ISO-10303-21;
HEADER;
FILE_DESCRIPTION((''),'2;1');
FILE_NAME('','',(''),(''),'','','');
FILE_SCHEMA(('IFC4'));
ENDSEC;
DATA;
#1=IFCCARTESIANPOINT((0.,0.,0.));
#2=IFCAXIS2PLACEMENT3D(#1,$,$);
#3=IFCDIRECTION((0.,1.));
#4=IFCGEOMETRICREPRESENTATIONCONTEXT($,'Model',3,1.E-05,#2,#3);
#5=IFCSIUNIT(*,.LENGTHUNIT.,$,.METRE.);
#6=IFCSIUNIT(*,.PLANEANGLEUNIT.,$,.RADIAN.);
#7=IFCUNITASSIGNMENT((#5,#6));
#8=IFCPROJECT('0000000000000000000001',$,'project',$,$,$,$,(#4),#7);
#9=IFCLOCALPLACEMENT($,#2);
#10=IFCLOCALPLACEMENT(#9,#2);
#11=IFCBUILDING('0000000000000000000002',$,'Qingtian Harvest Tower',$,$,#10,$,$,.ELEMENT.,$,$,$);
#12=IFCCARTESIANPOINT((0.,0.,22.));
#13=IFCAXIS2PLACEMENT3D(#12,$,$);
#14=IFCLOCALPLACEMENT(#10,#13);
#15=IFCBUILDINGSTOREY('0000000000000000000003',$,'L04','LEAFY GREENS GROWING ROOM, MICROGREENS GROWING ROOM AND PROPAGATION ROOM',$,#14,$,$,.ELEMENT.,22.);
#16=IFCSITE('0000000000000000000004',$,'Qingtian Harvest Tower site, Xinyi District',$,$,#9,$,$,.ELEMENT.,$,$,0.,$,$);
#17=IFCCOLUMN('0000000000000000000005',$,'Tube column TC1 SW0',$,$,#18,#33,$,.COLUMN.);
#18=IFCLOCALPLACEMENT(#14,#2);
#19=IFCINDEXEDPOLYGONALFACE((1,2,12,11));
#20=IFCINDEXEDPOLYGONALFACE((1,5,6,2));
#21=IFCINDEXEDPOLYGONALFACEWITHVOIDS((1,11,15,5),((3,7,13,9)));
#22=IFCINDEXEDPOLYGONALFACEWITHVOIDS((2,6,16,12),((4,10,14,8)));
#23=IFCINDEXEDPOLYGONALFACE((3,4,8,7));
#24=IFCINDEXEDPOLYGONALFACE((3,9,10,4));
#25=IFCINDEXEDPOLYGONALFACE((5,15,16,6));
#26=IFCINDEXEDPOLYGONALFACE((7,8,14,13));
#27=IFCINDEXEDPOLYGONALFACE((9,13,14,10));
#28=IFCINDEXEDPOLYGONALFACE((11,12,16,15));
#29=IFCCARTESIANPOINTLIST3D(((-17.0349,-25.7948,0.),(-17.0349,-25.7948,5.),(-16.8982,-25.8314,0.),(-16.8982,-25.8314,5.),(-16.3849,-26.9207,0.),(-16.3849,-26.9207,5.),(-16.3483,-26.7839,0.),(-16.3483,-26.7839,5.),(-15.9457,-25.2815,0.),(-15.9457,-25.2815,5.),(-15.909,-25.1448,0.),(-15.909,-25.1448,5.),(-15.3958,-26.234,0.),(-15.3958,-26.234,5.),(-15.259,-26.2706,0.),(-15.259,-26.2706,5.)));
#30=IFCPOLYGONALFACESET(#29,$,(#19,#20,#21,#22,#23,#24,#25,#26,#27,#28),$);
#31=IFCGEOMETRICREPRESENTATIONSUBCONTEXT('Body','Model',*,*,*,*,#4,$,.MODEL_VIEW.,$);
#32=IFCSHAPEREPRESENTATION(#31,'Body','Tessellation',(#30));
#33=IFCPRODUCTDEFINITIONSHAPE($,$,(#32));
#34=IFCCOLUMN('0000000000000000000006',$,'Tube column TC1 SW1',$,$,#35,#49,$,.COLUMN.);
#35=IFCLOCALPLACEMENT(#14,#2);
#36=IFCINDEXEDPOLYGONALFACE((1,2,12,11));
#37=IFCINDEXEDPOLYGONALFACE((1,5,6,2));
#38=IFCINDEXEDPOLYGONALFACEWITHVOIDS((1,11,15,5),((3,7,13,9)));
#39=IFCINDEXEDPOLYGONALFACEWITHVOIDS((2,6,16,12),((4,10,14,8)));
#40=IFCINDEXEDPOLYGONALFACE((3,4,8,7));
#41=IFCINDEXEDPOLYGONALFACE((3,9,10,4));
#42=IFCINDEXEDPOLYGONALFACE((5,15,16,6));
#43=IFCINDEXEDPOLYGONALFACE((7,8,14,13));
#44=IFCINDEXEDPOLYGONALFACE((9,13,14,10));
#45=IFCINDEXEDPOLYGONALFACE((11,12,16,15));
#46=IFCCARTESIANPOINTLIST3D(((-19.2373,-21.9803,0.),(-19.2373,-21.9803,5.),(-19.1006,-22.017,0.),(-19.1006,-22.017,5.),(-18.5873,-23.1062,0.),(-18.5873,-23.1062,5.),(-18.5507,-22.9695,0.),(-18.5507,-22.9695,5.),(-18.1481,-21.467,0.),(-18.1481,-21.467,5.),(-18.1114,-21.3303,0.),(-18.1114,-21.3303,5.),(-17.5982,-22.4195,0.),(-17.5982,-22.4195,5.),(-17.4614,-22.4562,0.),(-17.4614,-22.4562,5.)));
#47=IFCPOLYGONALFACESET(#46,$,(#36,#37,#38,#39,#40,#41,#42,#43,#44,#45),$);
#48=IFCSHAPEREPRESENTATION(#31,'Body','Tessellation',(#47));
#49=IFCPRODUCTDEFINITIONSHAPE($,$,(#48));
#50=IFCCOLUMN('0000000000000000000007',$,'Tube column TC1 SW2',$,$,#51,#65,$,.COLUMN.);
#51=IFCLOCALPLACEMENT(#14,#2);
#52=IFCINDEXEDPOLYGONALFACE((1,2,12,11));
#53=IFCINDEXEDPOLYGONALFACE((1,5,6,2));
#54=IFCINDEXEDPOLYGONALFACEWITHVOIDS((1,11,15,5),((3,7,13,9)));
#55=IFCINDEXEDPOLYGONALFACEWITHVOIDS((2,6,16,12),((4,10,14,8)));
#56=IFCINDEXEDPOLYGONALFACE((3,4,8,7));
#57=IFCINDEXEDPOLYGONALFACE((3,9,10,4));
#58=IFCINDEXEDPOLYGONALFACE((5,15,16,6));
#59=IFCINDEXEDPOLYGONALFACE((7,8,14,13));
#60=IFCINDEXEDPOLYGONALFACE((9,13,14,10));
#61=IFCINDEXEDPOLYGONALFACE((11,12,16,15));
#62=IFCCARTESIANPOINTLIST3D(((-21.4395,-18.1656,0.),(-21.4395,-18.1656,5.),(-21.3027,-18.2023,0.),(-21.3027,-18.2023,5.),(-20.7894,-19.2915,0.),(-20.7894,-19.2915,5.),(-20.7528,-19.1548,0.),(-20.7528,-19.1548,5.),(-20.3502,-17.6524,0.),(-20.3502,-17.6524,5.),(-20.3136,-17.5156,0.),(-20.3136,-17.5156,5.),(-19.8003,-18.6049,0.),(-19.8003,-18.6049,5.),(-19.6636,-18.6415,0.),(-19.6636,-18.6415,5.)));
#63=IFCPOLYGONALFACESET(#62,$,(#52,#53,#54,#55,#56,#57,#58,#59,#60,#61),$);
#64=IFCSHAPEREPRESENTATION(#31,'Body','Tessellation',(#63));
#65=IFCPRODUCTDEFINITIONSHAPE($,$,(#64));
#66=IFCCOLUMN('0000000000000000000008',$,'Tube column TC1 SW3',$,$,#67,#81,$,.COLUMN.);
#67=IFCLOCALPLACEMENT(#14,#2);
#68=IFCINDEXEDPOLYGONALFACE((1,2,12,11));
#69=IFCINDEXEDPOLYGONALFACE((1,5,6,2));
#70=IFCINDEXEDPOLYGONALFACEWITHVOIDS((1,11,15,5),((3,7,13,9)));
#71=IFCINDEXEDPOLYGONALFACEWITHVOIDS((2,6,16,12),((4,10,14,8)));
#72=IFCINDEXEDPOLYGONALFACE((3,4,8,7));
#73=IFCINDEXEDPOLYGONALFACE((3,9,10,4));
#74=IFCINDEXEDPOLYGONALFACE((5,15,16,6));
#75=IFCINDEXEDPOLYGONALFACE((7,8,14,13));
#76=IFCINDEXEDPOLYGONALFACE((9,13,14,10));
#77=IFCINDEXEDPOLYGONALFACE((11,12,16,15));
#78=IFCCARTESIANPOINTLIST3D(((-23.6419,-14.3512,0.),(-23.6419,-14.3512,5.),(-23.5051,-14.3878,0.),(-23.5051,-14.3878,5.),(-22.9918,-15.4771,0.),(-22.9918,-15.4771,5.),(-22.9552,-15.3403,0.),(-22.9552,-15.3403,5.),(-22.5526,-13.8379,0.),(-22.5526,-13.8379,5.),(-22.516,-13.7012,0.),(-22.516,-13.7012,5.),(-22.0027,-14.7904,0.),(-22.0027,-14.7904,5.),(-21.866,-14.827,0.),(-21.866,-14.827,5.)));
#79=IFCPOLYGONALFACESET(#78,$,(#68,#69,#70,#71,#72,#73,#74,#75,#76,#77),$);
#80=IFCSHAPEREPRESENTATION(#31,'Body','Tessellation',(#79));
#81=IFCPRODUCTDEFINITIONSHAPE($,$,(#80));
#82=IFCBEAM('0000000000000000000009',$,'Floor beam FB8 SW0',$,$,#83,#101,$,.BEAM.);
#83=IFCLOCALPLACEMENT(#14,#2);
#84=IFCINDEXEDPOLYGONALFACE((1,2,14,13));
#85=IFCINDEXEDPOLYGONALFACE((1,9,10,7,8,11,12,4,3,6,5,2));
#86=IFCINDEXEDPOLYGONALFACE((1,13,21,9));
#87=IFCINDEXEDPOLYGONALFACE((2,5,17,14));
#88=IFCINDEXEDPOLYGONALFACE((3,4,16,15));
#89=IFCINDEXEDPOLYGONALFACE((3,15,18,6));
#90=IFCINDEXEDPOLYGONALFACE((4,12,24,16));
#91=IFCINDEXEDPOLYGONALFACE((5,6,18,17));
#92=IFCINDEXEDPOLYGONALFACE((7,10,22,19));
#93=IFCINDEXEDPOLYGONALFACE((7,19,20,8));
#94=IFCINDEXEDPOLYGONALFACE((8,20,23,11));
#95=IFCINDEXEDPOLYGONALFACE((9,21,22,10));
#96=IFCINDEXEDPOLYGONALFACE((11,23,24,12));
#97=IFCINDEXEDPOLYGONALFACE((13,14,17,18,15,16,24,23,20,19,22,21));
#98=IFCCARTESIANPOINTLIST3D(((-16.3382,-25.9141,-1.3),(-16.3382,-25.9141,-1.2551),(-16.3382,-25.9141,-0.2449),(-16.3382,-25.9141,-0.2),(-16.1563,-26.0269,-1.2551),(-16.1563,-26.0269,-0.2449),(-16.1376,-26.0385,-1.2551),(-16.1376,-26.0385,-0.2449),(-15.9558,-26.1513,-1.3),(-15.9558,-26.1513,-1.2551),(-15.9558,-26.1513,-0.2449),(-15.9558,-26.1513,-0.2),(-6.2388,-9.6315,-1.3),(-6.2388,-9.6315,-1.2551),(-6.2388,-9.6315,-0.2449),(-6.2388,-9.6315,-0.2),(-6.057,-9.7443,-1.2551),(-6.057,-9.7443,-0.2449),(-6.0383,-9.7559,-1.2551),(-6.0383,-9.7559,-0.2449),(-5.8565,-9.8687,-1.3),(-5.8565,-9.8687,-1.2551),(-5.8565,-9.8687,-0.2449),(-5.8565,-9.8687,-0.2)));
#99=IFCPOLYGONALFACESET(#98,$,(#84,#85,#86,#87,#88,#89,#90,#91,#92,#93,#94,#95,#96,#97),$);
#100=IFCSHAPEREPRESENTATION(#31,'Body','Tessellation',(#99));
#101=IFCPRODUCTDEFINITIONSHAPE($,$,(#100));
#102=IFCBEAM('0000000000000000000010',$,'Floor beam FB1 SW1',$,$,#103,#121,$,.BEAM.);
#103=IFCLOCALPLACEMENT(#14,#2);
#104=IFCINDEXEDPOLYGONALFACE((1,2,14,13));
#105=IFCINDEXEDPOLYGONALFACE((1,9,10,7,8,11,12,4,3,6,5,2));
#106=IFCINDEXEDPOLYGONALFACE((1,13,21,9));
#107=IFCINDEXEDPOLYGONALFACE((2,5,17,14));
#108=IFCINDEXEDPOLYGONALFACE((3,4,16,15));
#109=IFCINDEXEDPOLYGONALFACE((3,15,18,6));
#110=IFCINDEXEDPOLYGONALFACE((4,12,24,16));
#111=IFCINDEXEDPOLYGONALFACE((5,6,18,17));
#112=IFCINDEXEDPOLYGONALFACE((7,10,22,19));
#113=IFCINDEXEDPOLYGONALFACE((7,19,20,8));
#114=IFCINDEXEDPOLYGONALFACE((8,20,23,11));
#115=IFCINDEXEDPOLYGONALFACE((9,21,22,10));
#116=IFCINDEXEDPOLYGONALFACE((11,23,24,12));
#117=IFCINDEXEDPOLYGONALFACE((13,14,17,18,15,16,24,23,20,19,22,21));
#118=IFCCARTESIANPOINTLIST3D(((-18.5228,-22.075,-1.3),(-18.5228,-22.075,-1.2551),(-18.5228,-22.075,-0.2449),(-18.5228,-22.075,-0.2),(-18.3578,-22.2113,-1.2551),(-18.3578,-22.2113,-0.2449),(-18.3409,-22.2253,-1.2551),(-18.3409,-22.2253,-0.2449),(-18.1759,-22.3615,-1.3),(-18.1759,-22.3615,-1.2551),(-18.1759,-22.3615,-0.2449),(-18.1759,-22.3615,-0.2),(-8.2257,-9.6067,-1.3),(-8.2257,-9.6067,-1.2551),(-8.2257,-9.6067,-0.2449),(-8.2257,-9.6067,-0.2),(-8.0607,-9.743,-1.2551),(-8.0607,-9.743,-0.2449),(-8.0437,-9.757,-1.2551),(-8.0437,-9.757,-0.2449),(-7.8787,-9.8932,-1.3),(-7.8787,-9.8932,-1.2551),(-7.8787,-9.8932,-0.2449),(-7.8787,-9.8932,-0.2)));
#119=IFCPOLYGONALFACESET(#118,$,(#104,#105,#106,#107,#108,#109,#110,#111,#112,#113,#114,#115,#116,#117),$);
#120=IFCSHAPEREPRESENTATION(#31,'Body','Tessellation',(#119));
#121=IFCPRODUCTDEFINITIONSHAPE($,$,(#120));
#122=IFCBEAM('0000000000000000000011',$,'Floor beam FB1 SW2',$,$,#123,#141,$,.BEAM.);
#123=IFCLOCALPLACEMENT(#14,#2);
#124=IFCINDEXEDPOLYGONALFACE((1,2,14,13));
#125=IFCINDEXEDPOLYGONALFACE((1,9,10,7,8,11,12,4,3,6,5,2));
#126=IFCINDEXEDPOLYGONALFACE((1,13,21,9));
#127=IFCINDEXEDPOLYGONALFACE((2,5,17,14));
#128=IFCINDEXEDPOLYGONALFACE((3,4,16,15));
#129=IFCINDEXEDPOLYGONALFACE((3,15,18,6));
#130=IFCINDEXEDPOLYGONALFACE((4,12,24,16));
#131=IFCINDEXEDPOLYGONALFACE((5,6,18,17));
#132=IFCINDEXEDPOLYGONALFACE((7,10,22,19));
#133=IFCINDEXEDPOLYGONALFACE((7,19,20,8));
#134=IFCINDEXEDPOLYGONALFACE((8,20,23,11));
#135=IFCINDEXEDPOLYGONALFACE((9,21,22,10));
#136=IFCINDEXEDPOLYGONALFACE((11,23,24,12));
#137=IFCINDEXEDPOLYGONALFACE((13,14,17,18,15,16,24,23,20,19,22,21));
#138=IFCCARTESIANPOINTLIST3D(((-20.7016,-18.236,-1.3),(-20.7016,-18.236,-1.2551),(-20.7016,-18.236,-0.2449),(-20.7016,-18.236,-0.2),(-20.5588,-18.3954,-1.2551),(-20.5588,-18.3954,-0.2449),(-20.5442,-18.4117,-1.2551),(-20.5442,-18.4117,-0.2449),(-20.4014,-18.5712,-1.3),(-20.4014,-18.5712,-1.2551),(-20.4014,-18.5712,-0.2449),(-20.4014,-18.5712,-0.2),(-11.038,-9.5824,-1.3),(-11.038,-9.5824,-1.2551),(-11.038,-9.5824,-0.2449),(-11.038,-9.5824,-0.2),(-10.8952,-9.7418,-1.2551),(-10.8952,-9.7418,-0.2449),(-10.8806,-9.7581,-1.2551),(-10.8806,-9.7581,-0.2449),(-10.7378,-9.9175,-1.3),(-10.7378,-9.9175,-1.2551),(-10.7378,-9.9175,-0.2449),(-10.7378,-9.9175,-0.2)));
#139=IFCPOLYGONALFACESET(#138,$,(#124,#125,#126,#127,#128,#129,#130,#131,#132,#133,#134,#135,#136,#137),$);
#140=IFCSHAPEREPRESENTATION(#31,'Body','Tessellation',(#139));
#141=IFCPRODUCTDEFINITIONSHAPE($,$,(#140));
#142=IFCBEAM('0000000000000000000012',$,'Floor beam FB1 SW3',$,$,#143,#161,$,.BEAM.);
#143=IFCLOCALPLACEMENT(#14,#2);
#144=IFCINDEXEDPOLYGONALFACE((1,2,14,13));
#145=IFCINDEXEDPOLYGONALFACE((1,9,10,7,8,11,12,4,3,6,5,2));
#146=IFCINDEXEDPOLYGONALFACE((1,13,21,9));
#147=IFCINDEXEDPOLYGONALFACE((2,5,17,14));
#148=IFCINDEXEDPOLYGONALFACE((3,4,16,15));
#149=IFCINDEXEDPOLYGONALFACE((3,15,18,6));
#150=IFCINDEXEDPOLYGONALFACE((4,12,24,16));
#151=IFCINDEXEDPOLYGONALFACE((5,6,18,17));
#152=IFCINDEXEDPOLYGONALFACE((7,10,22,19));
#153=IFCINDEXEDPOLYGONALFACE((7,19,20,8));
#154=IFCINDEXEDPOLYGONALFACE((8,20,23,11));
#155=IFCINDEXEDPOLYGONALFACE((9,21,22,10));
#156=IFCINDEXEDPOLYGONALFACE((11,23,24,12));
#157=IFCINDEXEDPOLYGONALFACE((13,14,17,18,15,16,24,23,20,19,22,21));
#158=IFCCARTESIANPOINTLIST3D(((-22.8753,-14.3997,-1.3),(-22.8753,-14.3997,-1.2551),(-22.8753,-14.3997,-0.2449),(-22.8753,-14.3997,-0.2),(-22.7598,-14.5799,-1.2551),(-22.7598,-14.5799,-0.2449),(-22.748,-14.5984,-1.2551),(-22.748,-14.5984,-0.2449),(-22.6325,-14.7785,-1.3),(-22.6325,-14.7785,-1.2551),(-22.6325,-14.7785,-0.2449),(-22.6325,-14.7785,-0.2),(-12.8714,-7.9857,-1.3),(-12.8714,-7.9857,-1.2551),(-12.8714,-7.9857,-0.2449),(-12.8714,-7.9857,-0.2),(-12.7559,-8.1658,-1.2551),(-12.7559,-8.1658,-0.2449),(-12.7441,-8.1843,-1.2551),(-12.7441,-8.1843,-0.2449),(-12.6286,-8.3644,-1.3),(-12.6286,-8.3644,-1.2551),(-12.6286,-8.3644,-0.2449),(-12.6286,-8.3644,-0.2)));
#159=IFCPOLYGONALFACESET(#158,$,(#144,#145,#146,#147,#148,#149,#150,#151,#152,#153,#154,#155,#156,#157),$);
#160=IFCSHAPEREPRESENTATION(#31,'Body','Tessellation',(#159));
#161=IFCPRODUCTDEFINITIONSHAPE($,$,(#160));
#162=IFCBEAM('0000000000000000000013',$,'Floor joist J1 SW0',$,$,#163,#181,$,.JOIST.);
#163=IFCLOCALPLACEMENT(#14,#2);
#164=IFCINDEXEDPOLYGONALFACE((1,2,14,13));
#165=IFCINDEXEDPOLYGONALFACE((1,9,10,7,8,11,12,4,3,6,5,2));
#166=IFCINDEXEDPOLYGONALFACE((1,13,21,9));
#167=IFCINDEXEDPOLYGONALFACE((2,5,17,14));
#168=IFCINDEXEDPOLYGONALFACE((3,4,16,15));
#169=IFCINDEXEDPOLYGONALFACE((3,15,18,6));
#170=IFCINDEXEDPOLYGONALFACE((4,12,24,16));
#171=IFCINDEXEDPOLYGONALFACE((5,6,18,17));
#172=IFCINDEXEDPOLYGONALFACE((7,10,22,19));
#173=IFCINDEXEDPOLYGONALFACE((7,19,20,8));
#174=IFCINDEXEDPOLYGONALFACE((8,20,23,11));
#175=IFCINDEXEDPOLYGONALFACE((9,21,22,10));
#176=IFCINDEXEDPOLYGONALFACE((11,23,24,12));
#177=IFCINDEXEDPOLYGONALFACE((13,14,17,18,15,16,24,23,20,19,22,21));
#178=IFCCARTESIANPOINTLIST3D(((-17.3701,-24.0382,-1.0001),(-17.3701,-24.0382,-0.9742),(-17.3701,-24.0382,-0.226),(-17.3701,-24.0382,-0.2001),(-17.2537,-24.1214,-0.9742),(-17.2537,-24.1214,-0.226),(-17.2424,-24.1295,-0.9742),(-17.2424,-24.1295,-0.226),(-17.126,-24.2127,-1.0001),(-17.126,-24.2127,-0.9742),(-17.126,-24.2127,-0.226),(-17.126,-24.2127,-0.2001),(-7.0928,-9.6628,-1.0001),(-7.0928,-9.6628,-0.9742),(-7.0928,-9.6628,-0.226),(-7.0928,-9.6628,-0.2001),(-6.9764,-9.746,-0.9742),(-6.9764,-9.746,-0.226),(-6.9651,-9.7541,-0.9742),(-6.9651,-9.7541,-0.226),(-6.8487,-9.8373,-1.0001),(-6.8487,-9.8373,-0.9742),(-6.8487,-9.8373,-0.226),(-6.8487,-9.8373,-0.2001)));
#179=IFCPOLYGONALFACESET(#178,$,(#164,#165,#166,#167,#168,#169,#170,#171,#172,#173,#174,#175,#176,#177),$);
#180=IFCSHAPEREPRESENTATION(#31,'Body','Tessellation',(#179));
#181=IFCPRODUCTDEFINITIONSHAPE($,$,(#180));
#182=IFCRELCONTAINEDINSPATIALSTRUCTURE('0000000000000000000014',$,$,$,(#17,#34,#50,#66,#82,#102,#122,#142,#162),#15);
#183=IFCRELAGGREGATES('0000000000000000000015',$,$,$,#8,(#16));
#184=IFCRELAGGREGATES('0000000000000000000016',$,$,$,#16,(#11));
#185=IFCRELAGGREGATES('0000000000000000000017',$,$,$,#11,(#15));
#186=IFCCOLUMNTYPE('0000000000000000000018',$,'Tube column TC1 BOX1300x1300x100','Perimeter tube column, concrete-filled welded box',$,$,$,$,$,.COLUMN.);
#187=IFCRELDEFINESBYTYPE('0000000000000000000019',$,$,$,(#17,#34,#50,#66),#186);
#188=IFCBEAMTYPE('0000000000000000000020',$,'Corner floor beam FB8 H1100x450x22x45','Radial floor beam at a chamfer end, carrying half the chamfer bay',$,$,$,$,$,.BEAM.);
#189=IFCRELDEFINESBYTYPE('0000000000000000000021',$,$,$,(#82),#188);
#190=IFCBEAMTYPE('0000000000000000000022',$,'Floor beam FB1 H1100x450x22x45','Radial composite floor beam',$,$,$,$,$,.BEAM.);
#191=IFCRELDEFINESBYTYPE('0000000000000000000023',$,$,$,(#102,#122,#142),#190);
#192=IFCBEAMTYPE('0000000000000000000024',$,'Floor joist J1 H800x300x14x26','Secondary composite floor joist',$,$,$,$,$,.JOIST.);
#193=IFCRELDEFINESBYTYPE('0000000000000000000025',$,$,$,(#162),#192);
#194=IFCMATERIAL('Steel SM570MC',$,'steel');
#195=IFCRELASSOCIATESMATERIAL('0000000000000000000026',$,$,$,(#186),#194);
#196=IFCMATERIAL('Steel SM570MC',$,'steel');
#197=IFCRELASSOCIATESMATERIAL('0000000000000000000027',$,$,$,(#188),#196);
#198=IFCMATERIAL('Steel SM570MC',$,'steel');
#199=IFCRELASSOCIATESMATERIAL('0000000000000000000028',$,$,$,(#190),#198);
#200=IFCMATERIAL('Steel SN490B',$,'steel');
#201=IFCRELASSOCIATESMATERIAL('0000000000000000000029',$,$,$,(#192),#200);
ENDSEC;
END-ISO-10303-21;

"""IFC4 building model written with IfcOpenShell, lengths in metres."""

from ifc_helpers import new_model, si_unit, direction, frame, origin, origin_2d, place, context, subcontext, project, spatial, hollow_rectangle, i_section, extrude, material, material_profile, profile_set, type_object, element, save


model = new_model("IFC4")

# Units and contexts
model_context = context("Model", 3, precision=1e-05, world=origin(), true_north=direction((0.0, 1.0)))
body_context = subcontext(model_context, "Body", "Model", "MODEL_VIEW")
ifc_project = project(units=[si_unit("LENGTHUNIT", "METRE"), si_unit("PLANEANGLEUNIT", "RADIAN")], contexts=[model_context])

# Site, building, storey
site_placement = place(None, origin())
site = spatial("IfcSite", under=ifc_project, at=site_placement, Name="Qingtian Harvest Tower site, Xinyi District", CompositionType="ELEMENT", RefElevation=0.0)
building_placement = place(site_placement, origin())
building = spatial("IfcBuilding", under=site, at=building_placement, Name="Qingtian Harvest Tower", CompositionType="ELEMENT")
storey_placement = place(building_placement, frame((0.0, 0.0, 22.0)))
storey = spatial("IfcBuildingStorey", under=building, at=storey_placement, Name="L04", Description="LEAFY GREENS GROWING ROOM, MICROGREENS GROWING ROOM AND PROPAGATION ROOM", CompositionType="ELEMENT", Elevation=22.0)

# Columns
ifc_material_1 = material(Name="Steel SM570MC", Category="steel")
ifc_material_profile_1 = material_profile(ifc_material_1, hollow_rectangle(XDim=1.3, YDim=1.3, WallThickness=0.1001, at=origin_2d()), Name="BOX1300x1300x100")
ifc_profile_set_1 = profile_set([ifc_material_profile_1], Name="Steel SM570MC")
column_type = type_object("IfcColumnType", Name="Tube column TC1 BOX1300x1300x100", Description="Perimeter tube column, concrete-filled welded box", PredefinedType="COLUMN", material=ifc_profile_set_1)
for number, where, z_axis, x_axis, name in (
    (1, (-16.147, -26.0327, 0.0), (0.0, 0.0, 1.0), (0.5, -0.866025, 0.0), "Tube column TC1 SW0"),
    (2, (-18.3494, -22.2183, 0.0), (0.0, 0.0, 1.0), (0.5, -0.866025, 0.0), "Tube column TC1 SW1"),
    (3, (-20.5515, -18.4036, 0.0), (0.0, 0.0, 1.0), (0.5, -0.866025, 0.0), "Tube column TC1 SW2"),
    (4, (-22.7539, -14.5891, 0.0), (0.0, 0.0, 1.0), (0.5, -0.866025, 0.0), "Tube column TC1 SW3"),
):
    element("IfcColumn", number, at=place(storey_placement, frame(where, z_axis=z_axis, x_axis=x_axis)), inside=storey, type_object=column_type, Name=name, PredefinedType="COLUMN", context=body_context, shape_type="SweptSolid", body=[
        extrude(hollow_rectangle(XDim=1.3, YDim=1.3, WallThickness=0.1001, at=origin_2d()), origin(), (0.0, 0.0, 1.0), 5.0),
    ])

# Beams
ifc_material_2 = material(Name="Steel SM570MC", Category="steel")
ifc_material_profile_2 = material_profile(ifc_material_2, i_section(OverallWidth=0.45, OverallDepth=1.1001, WebThickness=0.022, FlangeThickness=0.0449, at=origin_2d()), Name="H1100x450x22x45")
ifc_profile_set_2 = profile_set([ifc_material_profile_2], Name="Steel SM570MC")
beam_type_1 = type_object("IfcBeamType", Name="Corner floor beam FB8 H1100x450x22x45", Description="Radial floor beam at a chamfer end, carrying half the chamfer bay", PredefinedType="BEAM", material=ifc_profile_set_2)
beam_1_placement = place(storey_placement, frame((-16.147, -26.0327, -0.75), z_axis=(0.527094, 0.849807, 0.0), x_axis=(-0.849807, 0.527094, 0.0)))
element("IfcBeam", 5, at=beam_1_placement, inside=storey, type_object=beam_type_1, Name="Floor beam FB8 SW0", PredefinedType="BEAM", context=body_context, shape_type="SweptSolid", body=[
    extrude(i_section(OverallWidth=0.45, OverallDepth=1.1001, WebThickness=0.022, FlangeThickness=0.0449, at=origin_2d()), origin(), (0.0, 0.0, 1.0), 19.1604),
])
ifc_material_3 = material(Name="Steel SM570MC", Category="steel")
ifc_material_profile_3 = material_profile(ifc_material_3, i_section(OverallWidth=0.45, OverallDepth=1.1001, WebThickness=0.022, FlangeThickness=0.0449, at=origin_2d()), Name="H1100x450x22x45")
ifc_profile_set_3 = profile_set([ifc_material_profile_3], Name="Steel SM570MC")
beam_type_2 = type_object("IfcBeamType", Name="Floor beam FB1 H1100x450x22x45", Description="Radial composite floor beam", PredefinedType="BEAM", material=ifc_profile_set_3)
beam_2_placement = place(storey_placement, frame((-18.3494, -22.2183, -0.75), z_axis=(0.63678, 0.771045, 0.0), x_axis=(-0.771045, 0.63678, 0.0)))
element("IfcBeam", 6, at=beam_2_placement, inside=storey, type_object=beam_type_2, Name="Floor beam FB1 SW1", PredefinedType="BEAM", context=body_context, shape_type="SweptSolid", body=[
    extrude(i_section(OverallWidth=0.45, OverallDepth=1.1001, WebThickness=0.022, FlangeThickness=0.0449, at=origin_2d()), origin(), (0.0, 0.0, 1.0), 16.1707),
])
beam_3_placement = place(storey_placement, frame((-20.5515, -18.4036, -0.75), z_axis=(0.744965, 0.667103, 0.0), x_axis=(-0.667103, 0.744965, 0.0)))
element("IfcBeam", 7, at=beam_3_placement, inside=storey, type_object=beam_type_2, Name="Floor beam FB1 SW2", PredefinedType="BEAM", context=body_context, shape_type="SweptSolid", body=[
    extrude(i_section(OverallWidth=0.45, OverallDepth=1.1001, WebThickness=0.022, FlangeThickness=0.0449, at=origin_2d()), origin(), (0.0, 0.0, 1.0), 12.9719),
])
beam_4_placement = place(storey_placement, frame((-22.7539, -14.5891, -0.75), z_axis=(0.841829, 0.539744, 0.0), x_axis=(-0.539744, 0.841829, 0.0)))
element("IfcBeam", 8, at=beam_4_placement, inside=storey, type_object=beam_type_2, Name="Floor beam FB1 SW3", PredefinedType="BEAM", context=body_context, shape_type="SweptSolid", body=[
    extrude(i_section(OverallWidth=0.45, OverallDepth=1.1001, WebThickness=0.022, FlangeThickness=0.0449, at=origin_2d()), origin(), (0.0, 0.0, 1.0), 11.8835),
])
ifc_material_4 = material(Name="Steel SN490B", Category="steel")
ifc_material_profile_4 = material_profile(ifc_material_4, i_section(OverallWidth=0.3, OverallDepth=0.8, WebThickness=0.0139, FlangeThickness=0.0259, at=origin_2d()), Name="H800x300x14x26")
ifc_profile_set_4 = profile_set([ifc_material_profile_4], Name="Steel SN490B")
beam_type_3 = type_object("IfcBeamType", Name="Floor joist J1 H800x300x14x26", Description="Secondary composite floor joist", PredefinedType="JOIST", material=ifc_profile_set_4)
beam_5_placement = place(storey_placement, frame((-17.248, -24.1255, -0.6001), z_axis=(0.581581, 0.813489, 0.0), x_axis=(-0.813489, 0.581581, 0.0)))
element("IfcBeam", 9, at=beam_5_placement, inside=storey, type_object=beam_type_3, Name="Floor joist J1 SW0", PredefinedType="JOIST", context=body_context, shape_type="SweptSolid", body=[
    extrude(i_section(OverallWidth=0.3, OverallDepth=0.8, WebThickness=0.0139, FlangeThickness=0.0259, at=origin_2d()), origin(), (0.0, 0.0, 1.0), 17.6714),
])

save(model, "model.ifc")
